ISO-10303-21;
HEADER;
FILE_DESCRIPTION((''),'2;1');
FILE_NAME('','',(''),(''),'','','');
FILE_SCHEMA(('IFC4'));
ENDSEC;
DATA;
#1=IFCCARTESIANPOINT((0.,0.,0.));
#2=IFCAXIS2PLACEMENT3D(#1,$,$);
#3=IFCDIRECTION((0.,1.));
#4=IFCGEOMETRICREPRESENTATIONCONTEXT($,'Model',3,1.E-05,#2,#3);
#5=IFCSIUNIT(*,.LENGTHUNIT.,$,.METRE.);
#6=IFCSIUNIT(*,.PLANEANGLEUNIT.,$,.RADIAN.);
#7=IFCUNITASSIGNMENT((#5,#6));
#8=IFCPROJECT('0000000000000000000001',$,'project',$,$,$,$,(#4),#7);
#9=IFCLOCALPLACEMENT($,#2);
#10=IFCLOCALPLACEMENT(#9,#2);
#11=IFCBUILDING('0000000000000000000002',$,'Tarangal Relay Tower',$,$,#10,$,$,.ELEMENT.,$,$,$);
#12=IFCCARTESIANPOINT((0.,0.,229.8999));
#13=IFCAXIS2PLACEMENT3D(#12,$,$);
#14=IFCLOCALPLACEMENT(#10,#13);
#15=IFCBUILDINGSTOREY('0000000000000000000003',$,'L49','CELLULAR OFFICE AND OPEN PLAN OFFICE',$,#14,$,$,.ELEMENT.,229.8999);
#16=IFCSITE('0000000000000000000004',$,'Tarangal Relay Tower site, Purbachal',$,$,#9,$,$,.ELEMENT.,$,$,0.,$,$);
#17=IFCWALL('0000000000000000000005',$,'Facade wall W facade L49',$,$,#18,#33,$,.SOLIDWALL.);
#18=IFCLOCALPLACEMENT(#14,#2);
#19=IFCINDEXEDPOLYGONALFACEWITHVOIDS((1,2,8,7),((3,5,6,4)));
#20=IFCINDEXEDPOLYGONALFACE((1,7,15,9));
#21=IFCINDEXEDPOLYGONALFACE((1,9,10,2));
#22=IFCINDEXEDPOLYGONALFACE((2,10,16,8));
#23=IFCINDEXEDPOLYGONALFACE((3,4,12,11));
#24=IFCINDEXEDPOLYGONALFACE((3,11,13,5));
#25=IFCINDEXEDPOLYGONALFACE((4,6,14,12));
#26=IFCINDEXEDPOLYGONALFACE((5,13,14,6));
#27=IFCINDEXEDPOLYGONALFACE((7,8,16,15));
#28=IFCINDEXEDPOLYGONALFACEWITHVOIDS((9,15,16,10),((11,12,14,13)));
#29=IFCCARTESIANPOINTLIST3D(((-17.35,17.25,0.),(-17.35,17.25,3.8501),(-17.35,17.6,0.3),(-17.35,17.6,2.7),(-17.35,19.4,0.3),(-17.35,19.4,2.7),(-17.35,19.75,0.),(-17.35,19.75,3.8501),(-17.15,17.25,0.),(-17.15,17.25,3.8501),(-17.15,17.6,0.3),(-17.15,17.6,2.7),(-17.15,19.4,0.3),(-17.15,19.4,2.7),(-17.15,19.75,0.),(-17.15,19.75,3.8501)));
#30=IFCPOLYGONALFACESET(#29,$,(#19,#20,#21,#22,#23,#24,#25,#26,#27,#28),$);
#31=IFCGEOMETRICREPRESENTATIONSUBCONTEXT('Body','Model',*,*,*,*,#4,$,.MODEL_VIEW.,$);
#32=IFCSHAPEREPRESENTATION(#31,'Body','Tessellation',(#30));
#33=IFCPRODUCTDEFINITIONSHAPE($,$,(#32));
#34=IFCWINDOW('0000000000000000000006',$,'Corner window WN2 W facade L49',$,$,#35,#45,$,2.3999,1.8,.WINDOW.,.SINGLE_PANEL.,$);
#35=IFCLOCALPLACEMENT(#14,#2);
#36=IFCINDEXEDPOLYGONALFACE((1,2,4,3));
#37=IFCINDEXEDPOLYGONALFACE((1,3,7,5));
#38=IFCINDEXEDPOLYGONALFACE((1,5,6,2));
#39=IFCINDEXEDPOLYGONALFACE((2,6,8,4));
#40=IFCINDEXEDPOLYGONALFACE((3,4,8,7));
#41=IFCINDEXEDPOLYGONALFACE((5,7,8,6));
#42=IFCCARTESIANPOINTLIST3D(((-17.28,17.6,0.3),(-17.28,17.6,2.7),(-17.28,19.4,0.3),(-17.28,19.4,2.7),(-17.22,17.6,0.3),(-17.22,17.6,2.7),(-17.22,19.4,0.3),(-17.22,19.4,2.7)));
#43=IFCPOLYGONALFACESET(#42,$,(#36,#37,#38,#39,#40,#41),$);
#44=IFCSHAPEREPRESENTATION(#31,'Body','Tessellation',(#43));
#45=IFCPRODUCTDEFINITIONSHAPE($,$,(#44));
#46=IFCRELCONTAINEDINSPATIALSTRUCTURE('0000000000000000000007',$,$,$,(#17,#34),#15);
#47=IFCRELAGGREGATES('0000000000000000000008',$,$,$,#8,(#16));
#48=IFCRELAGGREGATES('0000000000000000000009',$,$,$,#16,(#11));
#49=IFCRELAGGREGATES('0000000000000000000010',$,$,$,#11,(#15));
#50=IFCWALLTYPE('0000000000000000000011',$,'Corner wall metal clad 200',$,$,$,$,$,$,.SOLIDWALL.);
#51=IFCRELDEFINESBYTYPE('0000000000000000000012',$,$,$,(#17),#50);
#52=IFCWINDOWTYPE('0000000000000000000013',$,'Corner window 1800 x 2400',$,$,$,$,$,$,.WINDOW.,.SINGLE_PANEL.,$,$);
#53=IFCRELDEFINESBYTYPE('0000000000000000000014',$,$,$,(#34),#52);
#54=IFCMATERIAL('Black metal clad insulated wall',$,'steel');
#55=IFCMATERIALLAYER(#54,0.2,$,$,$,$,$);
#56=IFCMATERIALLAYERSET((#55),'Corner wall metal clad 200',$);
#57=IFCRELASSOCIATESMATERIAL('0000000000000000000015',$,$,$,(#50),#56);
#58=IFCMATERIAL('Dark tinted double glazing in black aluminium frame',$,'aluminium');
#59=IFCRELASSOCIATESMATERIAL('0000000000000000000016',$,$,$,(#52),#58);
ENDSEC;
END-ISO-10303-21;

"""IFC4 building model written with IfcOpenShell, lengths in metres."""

from ifc_helpers import new_model, si_unit, direction, frame, frame_2d, origin, place, context, subcontext, project, spatial, rectangle, extrude, material, layer, layer_set, type_object, element, fill, save


model = new_model("IFC4")

# Units and contexts
model_context = context("Model", 3, precision=1e-05, world=origin(), true_north=direction((0.0, 1.0)))
body_context = subcontext(model_context, "Body", "Model", "MODEL_VIEW")
ifc_project = project(units=[si_unit("LENGTHUNIT", "METRE"), si_unit("PLANEANGLEUNIT", "RADIAN")], contexts=[model_context])

# Site, building, storey
site_placement = place(None, origin())
site = spatial("IfcSite", under=ifc_project, at=site_placement, Name="Tarangal Relay Tower site, Purbachal", CompositionType="ELEMENT", RefElevation=0.0)
building_placement = place(site_placement, origin())
building = spatial("IfcBuilding", under=site, at=building_placement, Name="Tarangal Relay Tower", CompositionType="ELEMENT")
storey_placement = place(building_placement, frame((0.0, 0.0, 229.8999)))
storey = spatial("IfcBuildingStorey", under=building, at=storey_placement, Name="L49", Description="CELLULAR OFFICE AND OPEN PLAN OFFICE", CompositionType="ELEMENT", Elevation=229.8999)

# Shared definitions
ifc_material_1 = material(Name="Black metal clad insulated wall", Category="steel")
ifc_layer_1 = layer(ifc_material_1, 0.2)
ifc_layer_set_1 = layer_set([ifc_layer_1], Name="Corner wall metal clad 200")
wall_type = type_object("IfcWallType", Name="Corner wall metal clad 200", PredefinedType="SOLIDWALL", material=ifc_layer_set_1)

# Shared definitions
ifc_material_2 = material(Name="Dark tinted double glazing in black aluminium frame", Category="aluminium")
window_type = type_object("IfcWindowType", Name="Corner window 1800 x 2400", PartitioningType="SINGLE_PANEL", PredefinedType="WINDOW", material=ifc_material_2)

# Wall, opening, window
wall_1_placement = place(storey_placement, frame((-17.25, 17.25, 0.0), z_axis=(0.0, 0.0, 1.0), x_axis=(0.0, 1.0, 0.0)))
wall_1 = element("IfcWall", 1, at=wall_1_placement, inside=storey, type_object=wall_type, Name="Facade wall W facade L49", PredefinedType="SOLIDWALL", context=body_context, shape_type="SweptSolid", body=[
    extrude(rectangle(XDim=2.5, YDim=0.2, at=frame_2d((1.25, 0.0))), origin(), (0.0, 0.0, 1.0), 3.8501),
])
opening_1_placement = place(wall_1_placement, frame((0.3501, 0.0, 0.3)))
opening_1 = element("IfcOpeningElement", 2, at=opening_1_placement, cuts=wall_1, PredefinedType="OPENING", context=body_context, shape_type="SweptSolid", body=[
    extrude(rectangle(XDim=1.8, YDim=2.3999, at=frame_2d((0.8999, 1.2))), frame((0.0, 0.1099, 0.0), z_axis=(0.0, -1.0, 0.0), x_axis=(1.0, 0.0, 0.0)), (0.0, 0.0, 1.0), 0.22),
])
window_1_placement = place(opening_1_placement, origin())
window_1 = element("IfcWindow", 3, at=window_1_placement, inside=storey, type_object=window_type, Name="Corner window WN2 W facade L49", OverallHeight=2.3999, OverallWidth=1.8, PartitioningType="SINGLE_PANEL", PredefinedType="WINDOW", context=body_context, shape_type="SweptSolid", body=[
    extrude(rectangle(XDim=1.8, YDim=2.3999, at=frame_2d((0.8999, 1.2))), frame((0.0, 0.03, 0.0), z_axis=(0.0, -1.0, 0.0), x_axis=(1.0, 0.0, 0.0)), (0.0, 0.0, 1.0), 0.0601),
])
fill(opening_1, window_1)

save(model, "model.ifc")
